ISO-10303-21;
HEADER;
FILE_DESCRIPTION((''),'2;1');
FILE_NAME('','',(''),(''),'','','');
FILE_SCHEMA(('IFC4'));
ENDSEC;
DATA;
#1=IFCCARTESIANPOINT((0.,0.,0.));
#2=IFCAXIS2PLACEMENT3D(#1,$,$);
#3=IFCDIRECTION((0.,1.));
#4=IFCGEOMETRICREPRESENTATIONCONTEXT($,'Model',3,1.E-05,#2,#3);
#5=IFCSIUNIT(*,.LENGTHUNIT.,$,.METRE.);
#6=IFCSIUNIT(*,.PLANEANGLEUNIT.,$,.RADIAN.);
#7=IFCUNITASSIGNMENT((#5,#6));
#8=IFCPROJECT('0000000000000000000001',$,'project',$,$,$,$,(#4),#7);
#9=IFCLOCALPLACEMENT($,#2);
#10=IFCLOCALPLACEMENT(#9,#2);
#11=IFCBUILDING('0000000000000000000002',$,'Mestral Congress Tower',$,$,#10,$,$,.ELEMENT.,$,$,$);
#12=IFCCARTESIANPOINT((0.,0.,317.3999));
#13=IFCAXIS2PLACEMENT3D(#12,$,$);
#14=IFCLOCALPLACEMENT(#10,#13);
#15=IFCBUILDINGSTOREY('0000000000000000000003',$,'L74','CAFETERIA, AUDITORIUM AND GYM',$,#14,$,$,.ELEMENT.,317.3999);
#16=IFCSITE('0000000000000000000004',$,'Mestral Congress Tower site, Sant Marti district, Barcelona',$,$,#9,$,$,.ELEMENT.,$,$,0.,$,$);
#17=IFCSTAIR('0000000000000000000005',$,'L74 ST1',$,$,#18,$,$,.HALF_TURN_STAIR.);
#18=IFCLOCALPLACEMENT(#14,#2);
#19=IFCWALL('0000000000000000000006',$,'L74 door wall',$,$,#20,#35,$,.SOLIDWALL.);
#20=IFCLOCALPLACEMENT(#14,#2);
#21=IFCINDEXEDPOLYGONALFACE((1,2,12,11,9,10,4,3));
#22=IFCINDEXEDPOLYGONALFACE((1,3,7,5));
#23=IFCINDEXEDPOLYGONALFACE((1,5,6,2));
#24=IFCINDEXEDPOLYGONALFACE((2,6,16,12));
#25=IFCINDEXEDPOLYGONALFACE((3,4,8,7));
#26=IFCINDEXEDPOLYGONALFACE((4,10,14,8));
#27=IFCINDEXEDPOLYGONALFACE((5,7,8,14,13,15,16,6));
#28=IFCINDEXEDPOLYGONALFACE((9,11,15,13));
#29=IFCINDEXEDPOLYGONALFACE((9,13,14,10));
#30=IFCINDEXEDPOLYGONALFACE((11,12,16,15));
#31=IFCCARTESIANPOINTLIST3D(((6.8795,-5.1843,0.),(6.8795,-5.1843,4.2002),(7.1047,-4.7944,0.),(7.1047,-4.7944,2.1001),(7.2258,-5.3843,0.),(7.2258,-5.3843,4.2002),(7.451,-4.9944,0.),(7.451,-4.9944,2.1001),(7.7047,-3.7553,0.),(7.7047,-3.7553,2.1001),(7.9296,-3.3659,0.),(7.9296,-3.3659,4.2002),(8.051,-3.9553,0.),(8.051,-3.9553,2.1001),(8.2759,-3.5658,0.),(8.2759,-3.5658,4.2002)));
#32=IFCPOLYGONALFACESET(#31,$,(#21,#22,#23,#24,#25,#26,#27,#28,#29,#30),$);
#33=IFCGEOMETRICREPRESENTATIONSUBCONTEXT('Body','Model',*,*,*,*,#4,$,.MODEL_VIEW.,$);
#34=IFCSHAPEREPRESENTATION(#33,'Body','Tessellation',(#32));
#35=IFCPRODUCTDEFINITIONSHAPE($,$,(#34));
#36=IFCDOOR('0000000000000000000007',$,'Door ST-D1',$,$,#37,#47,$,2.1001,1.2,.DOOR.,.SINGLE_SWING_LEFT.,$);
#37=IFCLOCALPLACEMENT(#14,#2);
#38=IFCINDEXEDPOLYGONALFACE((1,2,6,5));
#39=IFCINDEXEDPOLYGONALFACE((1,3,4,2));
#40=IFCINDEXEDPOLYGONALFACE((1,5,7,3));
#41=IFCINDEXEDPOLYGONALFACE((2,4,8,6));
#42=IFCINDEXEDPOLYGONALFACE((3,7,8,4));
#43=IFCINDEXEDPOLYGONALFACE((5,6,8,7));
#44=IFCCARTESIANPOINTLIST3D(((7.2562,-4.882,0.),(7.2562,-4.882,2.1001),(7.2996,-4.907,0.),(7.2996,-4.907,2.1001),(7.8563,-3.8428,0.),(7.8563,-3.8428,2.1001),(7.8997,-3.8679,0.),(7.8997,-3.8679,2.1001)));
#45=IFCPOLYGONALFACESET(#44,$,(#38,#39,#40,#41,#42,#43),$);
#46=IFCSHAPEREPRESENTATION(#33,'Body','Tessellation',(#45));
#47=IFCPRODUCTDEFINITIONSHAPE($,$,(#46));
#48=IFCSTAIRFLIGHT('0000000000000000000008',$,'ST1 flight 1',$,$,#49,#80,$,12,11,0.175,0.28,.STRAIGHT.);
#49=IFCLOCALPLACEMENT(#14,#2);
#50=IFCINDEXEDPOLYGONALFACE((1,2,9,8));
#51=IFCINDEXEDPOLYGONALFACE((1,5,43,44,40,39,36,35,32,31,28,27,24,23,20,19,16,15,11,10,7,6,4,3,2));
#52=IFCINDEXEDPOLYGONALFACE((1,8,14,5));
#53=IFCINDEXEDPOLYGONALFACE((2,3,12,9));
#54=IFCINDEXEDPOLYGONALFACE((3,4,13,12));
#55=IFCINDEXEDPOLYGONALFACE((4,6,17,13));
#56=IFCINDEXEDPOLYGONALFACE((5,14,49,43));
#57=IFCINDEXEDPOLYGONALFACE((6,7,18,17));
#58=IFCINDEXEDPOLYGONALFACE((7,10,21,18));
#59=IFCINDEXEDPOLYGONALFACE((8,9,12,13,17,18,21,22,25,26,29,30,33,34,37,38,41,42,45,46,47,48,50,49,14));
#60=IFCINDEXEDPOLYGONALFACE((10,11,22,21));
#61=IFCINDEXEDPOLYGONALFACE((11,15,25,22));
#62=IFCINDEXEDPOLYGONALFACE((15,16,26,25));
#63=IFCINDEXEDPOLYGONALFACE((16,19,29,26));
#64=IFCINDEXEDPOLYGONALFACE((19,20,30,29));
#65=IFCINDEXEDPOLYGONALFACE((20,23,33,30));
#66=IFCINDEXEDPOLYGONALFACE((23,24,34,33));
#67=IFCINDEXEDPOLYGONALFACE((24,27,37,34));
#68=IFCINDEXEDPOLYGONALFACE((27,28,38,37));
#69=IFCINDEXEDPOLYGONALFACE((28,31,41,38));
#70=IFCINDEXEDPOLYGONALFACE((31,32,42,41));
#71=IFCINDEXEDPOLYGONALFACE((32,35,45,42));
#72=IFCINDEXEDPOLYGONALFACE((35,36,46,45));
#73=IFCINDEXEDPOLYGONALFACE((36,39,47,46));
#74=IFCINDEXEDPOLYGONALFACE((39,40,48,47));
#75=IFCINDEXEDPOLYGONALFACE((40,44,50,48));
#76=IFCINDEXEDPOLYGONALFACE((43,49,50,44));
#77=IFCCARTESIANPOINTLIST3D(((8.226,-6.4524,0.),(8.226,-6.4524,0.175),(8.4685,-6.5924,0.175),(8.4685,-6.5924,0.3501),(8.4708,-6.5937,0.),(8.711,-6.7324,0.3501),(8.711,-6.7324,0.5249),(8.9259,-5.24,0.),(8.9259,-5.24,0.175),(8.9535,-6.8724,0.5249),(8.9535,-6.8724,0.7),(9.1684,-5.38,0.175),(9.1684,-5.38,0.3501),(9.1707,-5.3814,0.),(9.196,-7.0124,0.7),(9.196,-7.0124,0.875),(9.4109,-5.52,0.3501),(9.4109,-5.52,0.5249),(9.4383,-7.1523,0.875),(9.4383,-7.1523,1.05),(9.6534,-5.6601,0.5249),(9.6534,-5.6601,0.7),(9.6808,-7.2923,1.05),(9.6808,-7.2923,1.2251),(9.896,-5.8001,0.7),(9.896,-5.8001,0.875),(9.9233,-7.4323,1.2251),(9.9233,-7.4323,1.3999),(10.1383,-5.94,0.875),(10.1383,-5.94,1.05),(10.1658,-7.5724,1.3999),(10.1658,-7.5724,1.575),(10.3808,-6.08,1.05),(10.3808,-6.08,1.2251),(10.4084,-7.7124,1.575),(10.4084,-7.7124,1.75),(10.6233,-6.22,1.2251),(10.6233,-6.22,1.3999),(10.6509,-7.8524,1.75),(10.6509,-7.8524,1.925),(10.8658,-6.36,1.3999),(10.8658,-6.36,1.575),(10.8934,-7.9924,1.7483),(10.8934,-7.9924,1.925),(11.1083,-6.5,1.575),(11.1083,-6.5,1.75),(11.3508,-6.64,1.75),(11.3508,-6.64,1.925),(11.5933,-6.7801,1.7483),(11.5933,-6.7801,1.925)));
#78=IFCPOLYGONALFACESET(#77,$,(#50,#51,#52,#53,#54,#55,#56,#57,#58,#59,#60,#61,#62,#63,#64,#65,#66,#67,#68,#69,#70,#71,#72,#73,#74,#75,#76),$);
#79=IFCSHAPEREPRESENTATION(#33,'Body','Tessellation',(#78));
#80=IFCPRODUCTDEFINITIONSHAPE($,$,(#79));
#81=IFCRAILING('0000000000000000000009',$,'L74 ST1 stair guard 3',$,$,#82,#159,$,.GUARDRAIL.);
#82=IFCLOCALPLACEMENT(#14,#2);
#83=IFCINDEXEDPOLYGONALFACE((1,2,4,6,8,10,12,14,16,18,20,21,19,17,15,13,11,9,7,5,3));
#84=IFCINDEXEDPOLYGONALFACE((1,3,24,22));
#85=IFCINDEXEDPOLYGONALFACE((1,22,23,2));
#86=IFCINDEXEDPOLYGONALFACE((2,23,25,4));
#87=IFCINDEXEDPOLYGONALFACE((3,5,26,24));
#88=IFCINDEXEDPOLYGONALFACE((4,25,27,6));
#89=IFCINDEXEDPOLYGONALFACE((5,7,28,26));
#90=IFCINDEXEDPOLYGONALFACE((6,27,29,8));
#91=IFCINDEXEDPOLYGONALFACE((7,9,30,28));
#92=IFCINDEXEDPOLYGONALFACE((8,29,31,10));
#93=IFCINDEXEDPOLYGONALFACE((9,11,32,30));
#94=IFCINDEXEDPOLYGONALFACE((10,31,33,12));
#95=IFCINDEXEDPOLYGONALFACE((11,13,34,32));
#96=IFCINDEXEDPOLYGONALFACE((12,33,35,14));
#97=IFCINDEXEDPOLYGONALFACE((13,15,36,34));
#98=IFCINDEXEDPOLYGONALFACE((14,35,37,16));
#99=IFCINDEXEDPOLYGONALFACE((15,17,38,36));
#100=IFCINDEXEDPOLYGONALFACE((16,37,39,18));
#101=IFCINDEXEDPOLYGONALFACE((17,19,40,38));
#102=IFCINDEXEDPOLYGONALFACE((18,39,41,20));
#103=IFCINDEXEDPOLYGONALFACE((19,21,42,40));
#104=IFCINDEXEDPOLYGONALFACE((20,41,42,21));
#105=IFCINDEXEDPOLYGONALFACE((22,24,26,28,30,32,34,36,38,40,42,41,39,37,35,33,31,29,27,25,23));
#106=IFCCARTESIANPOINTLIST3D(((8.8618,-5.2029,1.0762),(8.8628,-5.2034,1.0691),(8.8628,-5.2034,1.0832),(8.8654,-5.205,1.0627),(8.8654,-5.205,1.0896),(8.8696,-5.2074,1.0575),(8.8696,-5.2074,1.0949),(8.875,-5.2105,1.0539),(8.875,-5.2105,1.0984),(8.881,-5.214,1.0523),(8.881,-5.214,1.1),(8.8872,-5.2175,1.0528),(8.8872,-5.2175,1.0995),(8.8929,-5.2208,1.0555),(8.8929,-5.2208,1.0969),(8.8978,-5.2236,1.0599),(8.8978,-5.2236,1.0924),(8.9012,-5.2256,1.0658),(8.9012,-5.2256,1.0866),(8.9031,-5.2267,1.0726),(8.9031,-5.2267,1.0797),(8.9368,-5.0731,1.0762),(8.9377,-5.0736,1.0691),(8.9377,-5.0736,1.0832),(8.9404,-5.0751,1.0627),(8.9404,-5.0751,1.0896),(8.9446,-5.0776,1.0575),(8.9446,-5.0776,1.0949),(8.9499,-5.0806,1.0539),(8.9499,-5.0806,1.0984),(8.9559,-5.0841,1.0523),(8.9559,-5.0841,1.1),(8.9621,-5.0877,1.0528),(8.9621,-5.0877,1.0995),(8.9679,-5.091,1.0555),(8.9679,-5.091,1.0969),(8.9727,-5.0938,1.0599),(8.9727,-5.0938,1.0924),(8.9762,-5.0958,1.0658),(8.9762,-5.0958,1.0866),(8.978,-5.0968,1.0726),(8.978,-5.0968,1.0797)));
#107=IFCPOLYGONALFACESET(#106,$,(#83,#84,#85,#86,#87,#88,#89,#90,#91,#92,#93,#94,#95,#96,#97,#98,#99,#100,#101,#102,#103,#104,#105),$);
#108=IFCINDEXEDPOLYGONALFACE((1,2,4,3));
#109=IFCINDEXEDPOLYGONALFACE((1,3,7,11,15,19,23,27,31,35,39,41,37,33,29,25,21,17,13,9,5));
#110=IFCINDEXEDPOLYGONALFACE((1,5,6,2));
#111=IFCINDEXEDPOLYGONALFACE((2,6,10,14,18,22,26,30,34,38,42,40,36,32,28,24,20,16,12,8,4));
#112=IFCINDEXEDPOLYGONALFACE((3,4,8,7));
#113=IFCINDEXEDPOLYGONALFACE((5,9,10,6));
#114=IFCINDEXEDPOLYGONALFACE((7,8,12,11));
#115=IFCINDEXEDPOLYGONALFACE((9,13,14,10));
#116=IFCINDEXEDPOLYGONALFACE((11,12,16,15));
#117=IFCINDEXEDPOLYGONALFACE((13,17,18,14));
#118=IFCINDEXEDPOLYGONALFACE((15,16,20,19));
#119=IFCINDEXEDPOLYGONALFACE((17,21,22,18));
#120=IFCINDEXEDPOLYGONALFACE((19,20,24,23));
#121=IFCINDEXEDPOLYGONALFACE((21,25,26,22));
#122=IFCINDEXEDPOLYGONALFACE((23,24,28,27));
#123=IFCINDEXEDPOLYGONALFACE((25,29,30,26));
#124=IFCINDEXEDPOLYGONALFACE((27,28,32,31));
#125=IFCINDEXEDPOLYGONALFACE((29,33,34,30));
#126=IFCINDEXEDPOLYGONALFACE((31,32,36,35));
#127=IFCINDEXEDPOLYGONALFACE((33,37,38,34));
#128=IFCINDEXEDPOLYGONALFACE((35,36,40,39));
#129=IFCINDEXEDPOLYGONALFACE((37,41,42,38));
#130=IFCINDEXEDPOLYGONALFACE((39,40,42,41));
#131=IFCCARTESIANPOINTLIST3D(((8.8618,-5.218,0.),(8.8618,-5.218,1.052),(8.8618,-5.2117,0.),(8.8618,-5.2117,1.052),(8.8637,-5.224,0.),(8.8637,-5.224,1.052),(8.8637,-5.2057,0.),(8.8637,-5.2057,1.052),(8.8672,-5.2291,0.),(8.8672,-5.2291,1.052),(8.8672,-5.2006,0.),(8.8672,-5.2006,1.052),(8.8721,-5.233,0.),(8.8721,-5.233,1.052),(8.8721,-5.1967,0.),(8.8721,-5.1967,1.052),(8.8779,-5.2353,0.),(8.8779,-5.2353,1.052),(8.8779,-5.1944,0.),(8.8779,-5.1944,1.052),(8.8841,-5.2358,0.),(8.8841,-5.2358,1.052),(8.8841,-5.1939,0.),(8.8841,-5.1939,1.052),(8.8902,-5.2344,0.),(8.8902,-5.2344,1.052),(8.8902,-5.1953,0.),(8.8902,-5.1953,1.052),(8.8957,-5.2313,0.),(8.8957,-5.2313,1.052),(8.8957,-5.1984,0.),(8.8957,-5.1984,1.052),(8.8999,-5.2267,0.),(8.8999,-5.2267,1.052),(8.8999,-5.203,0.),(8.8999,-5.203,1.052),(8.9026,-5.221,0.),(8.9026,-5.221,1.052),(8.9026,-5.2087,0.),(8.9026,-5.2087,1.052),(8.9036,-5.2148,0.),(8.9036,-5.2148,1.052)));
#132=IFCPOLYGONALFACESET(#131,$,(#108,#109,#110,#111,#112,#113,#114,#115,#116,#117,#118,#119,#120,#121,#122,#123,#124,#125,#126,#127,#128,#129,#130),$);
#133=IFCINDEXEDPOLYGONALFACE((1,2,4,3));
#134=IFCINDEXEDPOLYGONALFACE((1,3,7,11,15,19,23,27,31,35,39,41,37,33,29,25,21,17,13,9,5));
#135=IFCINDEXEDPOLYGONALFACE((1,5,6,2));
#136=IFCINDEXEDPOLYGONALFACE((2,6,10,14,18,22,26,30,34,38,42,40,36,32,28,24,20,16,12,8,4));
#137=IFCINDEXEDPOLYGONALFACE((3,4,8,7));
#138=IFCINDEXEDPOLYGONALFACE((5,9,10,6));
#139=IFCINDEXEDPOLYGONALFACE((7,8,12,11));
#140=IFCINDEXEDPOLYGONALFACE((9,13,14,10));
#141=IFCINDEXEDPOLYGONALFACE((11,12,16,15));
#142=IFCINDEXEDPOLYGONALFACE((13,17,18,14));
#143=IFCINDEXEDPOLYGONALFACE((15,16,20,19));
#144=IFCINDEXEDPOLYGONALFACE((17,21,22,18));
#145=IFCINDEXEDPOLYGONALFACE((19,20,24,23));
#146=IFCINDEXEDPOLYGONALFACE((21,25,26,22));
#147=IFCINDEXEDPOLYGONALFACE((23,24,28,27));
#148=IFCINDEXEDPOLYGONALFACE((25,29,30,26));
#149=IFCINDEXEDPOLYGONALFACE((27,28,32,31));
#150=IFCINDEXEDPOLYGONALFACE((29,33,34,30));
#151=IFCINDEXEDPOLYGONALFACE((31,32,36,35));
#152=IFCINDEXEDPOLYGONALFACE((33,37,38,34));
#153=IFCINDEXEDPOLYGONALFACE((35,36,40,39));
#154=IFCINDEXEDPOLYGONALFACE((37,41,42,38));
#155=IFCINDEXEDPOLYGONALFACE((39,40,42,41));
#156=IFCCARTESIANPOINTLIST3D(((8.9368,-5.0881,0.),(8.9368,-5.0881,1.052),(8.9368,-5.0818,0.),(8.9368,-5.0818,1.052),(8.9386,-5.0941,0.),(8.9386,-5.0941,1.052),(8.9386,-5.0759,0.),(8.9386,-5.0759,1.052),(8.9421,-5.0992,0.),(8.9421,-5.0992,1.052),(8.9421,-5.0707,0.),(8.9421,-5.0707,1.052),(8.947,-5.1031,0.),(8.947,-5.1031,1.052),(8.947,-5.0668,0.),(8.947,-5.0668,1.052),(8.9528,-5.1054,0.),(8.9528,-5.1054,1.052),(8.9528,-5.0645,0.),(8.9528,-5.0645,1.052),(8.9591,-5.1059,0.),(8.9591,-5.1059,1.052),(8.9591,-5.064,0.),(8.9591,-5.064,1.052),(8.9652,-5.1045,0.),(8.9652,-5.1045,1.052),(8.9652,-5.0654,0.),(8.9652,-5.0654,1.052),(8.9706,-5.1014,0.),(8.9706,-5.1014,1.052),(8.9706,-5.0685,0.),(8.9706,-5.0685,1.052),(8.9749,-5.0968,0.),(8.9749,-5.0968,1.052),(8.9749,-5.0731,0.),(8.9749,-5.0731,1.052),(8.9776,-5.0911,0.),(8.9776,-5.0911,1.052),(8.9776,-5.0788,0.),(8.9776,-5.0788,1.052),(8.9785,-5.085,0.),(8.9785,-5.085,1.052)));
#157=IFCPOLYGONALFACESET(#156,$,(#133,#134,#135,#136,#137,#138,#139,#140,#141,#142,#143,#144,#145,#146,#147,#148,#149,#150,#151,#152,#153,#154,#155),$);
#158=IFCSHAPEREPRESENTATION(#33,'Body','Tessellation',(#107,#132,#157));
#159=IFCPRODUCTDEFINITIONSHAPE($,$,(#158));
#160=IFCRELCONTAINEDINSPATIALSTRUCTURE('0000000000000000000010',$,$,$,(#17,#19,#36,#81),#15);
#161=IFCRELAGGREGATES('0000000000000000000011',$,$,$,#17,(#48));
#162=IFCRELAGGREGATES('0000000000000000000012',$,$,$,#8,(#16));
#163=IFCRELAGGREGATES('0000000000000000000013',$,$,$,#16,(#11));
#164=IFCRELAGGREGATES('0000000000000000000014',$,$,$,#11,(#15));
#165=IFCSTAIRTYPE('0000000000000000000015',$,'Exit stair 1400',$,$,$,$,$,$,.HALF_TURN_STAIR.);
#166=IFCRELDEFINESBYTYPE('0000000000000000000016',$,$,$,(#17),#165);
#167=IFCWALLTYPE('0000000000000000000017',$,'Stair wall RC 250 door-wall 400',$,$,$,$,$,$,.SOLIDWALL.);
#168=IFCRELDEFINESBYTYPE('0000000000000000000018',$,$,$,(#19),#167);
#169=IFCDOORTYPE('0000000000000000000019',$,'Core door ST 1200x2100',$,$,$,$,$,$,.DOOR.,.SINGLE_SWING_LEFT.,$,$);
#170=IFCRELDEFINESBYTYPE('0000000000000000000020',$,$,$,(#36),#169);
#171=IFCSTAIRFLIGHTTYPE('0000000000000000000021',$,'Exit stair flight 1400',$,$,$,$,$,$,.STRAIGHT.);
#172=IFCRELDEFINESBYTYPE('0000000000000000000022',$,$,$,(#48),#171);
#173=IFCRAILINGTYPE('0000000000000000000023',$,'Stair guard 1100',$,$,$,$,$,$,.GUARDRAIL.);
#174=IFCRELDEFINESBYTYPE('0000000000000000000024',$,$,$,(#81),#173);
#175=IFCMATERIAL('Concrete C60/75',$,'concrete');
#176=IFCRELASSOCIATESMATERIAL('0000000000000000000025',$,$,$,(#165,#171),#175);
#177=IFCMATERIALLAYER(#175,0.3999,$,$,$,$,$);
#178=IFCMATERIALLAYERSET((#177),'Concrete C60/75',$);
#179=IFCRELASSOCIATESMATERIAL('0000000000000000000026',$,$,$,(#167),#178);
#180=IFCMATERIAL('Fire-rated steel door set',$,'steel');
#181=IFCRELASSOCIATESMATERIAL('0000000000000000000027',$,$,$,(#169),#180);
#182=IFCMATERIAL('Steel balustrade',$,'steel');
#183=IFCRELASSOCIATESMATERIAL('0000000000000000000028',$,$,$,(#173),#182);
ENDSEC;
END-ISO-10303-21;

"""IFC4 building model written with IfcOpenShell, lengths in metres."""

from ifc_helpers import new_model, si_unit, direction, frame, frame_2d, origin, origin_2d, place, context, subcontext, project, spatial, polyline, rectangle, circle, outline, extrude, material, layer, layer_set, type_object, element, fill, aggregate, save


model = new_model("IFC4")

# Units and contexts
model_context = context("Model", 3, precision=1e-05, world=origin(), true_north=direction((0.0, 1.0)))
body_context = subcontext(model_context, "Body", "Model", "MODEL_VIEW")
ifc_project = project(units=[si_unit("LENGTHUNIT", "METRE"), si_unit("PLANEANGLEUNIT", "RADIAN")], contexts=[model_context])

# Site, building, storey
site_placement = place(None, origin())
site = spatial("IfcSite", under=ifc_project, at=site_placement, Name="Mestral Congress Tower site, Sant Marti district, Barcelona", CompositionType="ELEMENT", RefElevation=0.0)
building_placement = place(site_placement, origin())
building = spatial("IfcBuilding", under=site, at=building_placement, Name="Mestral Congress Tower", CompositionType="ELEMENT")
storey_placement = place(building_placement, frame((0.0, 0.0, 317.3999)))
storey = spatial("IfcBuildingStorey", under=building, at=storey_placement, Name="L74", Description="CAFETERIA, AUDITORIUM AND GYM", CompositionType="ELEMENT", Elevation=317.3999)

# Stair
ifc_material_1 = material(Name="Concrete C60/75", Category="concrete")
stair_type = type_object("IfcStairType", Name="Exit stair 1400", PredefinedType="HALF_TURN_STAIR", material=ifc_material_1)
stair_placement = place(storey_placement, origin())
stair = element("IfcStair", 1, at=stair_placement, inside=storey, type_object=stair_type, Name="L74 ST1", PredefinedType="HALF_TURN_STAIR")

# Shared definitions
ifc_material_2 = material(Name="Fire-rated steel door set", Category="steel")

# Wall, opening, door
ifc_layer_1 = layer(ifc_material_1, 0.3999)
ifc_layer_set_1 = layer_set([ifc_layer_1], Name="Concrete C60/75")
wall_type_1 = type_object("IfcWallType", Name="Stair wall RC 250 door-wall 400", PredefinedType="SOLIDWALL", material=ifc_layer_set_1)
wall_1_placement = place(storey_placement, frame((7.0527, -5.2842, 0.0), z_axis=(0.0, 0.0, 1.0), x_axis=(0.500078, 0.86598, 0.0)))
wall_1 = element("IfcWall", 2, at=wall_1_placement, inside=storey, type_object=wall_type_1, Name="L74 door wall", PredefinedType="SOLIDWALL", context=body_context, shape_type="SweptSolid", body=[
    extrude(rectangle(XDim=2.0999, YDim=0.3999, at=frame_2d((1.0498, 0.0))), origin(), (0.0, 0.0, 1.0), 4.2002),
])
opening_1_placement = place(wall_1_placement, frame((0.45, 0.0, 0.0)))
opening_1 = element("IfcOpeningElement", 3, at=opening_1_placement, cuts=wall_1, PredefinedType="OPENING", context=body_context, shape_type="SweptSolid", body=[
    extrude(rectangle(XDim=1.2, YDim=2.1001, at=frame_2d((0.6001, 1.05))), frame((0.0, 0.21, 0.0), z_axis=(0.0, -1.0, 0.0), x_axis=(1.0, 0.0, 0.0)), (0.0, 0.0, 1.0), 0.4199),
])
door_type_1 = type_object("IfcDoorType", Name="Core door ST 1200x2100", OperationType="SINGLE_SWING_LEFT", PredefinedType="DOOR", material=ifc_material_2)
door_1_placement = place(opening_1_placement, origin())
door_1 = element("IfcDoor", 4, at=door_1_placement, inside=storey, type_object=door_type_1, Name="Door ST-D1", OperationType="SINGLE_SWING_LEFT", OverallHeight=2.1001, OverallWidth=1.2, PredefinedType="DOOR", context=body_context, shape_type="SweptSolid", body=[
    extrude(rectangle(XDim=1.2, YDim=2.1001, at=frame_2d((0.6001, 1.05))), frame((0.0, 0.0249, 0.0), z_axis=(0.0, -1.0, 0.0), x_axis=(1.0, 0.0, 0.0)), (0.0, 0.0, 1.0), 0.05),
])
fill(opening_1, door_1)

# Stair flight
stair_flight_type = type_object("IfcStairFlightType", Name="Exit stair flight 1400", PredefinedType="STRAIGHT", material=ifc_material_1)
stair_flight_placement = place(storey_placement, frame((8.5759, -5.8462, 0.0), z_axis=(0.0, 0.0, 1.0), x_axis=(0.866025, -0.5, 0.0)))
stair_flight = element("IfcStairFlight", 5, at=stair_flight_placement, type_object=stair_flight_type, Name="ST1 flight 1", NumberOfRisers=12, NumberOfTreads=11, PredefinedType="STRAIGHT", RiserHeight=0.175, TreadLength=0.28, context=body_context, shape_type="SweptSolid", body=[
    extrude(outline(polyline([(0.0, 0.0), (0.0, 0.175), (0.28, 0.175), (0.28, 0.3501), (0.5601, 0.3501), (0.5601, 0.5249), (0.8401, 0.5249), (0.8401, 0.7), (1.1201, 0.7), (1.1201, 0.875), (1.3999, 0.875), (1.3999, 1.05), (1.6799, 1.05), (1.6799, 1.2251), (1.96, 1.2251), (1.96, 1.3999), (2.24, 1.3999), (2.24, 1.575), (2.52, 1.575), (2.52, 1.75), (2.8, 1.75), (2.8, 1.925), (3.0801, 1.925), (3.0801, 2.1001), (3.0801, 1.7483), (0.2827, 0.0), (0.0, 0.0)])), frame((0.0, 0.7, 0.0), z_axis=(0.0, -1.0, 0.0), x_axis=(1.0, 0.0, 0.0)), (0.0, 0.0, 1.0), 1.3999),
])
aggregate(stair, [stair_flight])

# Railing
ifc_material_3 = material(Name="Steel balustrade", Category="steel")
railing_type = type_object("IfcRailingType", Name="Stair guard 1100", PredefinedType="GUARDRAIL", material=ifc_material_3)
railing_1_placement = place(storey_placement, frame((8.8826, -5.2148, 0.0)))
element("IfcRailing", 6, at=railing_1_placement, inside=storey, type_object=railing_type, Name="L74 ST1 stair guard 3", PredefinedType="GUARDRAIL", context=body_context, shape_type="SweptSolid", body=[
    extrude(circle(Radius=0.0239, at=origin_2d()), frame((0.0, 0.0, 1.0762), z_axis=(0.499816, 0.866131, 0.0), x_axis=(-0.866131, 0.499816, 0.0)), (0.0, 0.0, 1.0), 0.1499),
    extrude(circle(Radius=0.021, at=origin_2d()), origin(), (0.0, 0.0, 1.0), 1.052),
    extrude(circle(Radius=0.021, at=origin_2d()), frame((0.075, 0.1299, 0.0)), (0.0, 0.0, 1.0), 1.052),
])

save(model, "model.ifc")
